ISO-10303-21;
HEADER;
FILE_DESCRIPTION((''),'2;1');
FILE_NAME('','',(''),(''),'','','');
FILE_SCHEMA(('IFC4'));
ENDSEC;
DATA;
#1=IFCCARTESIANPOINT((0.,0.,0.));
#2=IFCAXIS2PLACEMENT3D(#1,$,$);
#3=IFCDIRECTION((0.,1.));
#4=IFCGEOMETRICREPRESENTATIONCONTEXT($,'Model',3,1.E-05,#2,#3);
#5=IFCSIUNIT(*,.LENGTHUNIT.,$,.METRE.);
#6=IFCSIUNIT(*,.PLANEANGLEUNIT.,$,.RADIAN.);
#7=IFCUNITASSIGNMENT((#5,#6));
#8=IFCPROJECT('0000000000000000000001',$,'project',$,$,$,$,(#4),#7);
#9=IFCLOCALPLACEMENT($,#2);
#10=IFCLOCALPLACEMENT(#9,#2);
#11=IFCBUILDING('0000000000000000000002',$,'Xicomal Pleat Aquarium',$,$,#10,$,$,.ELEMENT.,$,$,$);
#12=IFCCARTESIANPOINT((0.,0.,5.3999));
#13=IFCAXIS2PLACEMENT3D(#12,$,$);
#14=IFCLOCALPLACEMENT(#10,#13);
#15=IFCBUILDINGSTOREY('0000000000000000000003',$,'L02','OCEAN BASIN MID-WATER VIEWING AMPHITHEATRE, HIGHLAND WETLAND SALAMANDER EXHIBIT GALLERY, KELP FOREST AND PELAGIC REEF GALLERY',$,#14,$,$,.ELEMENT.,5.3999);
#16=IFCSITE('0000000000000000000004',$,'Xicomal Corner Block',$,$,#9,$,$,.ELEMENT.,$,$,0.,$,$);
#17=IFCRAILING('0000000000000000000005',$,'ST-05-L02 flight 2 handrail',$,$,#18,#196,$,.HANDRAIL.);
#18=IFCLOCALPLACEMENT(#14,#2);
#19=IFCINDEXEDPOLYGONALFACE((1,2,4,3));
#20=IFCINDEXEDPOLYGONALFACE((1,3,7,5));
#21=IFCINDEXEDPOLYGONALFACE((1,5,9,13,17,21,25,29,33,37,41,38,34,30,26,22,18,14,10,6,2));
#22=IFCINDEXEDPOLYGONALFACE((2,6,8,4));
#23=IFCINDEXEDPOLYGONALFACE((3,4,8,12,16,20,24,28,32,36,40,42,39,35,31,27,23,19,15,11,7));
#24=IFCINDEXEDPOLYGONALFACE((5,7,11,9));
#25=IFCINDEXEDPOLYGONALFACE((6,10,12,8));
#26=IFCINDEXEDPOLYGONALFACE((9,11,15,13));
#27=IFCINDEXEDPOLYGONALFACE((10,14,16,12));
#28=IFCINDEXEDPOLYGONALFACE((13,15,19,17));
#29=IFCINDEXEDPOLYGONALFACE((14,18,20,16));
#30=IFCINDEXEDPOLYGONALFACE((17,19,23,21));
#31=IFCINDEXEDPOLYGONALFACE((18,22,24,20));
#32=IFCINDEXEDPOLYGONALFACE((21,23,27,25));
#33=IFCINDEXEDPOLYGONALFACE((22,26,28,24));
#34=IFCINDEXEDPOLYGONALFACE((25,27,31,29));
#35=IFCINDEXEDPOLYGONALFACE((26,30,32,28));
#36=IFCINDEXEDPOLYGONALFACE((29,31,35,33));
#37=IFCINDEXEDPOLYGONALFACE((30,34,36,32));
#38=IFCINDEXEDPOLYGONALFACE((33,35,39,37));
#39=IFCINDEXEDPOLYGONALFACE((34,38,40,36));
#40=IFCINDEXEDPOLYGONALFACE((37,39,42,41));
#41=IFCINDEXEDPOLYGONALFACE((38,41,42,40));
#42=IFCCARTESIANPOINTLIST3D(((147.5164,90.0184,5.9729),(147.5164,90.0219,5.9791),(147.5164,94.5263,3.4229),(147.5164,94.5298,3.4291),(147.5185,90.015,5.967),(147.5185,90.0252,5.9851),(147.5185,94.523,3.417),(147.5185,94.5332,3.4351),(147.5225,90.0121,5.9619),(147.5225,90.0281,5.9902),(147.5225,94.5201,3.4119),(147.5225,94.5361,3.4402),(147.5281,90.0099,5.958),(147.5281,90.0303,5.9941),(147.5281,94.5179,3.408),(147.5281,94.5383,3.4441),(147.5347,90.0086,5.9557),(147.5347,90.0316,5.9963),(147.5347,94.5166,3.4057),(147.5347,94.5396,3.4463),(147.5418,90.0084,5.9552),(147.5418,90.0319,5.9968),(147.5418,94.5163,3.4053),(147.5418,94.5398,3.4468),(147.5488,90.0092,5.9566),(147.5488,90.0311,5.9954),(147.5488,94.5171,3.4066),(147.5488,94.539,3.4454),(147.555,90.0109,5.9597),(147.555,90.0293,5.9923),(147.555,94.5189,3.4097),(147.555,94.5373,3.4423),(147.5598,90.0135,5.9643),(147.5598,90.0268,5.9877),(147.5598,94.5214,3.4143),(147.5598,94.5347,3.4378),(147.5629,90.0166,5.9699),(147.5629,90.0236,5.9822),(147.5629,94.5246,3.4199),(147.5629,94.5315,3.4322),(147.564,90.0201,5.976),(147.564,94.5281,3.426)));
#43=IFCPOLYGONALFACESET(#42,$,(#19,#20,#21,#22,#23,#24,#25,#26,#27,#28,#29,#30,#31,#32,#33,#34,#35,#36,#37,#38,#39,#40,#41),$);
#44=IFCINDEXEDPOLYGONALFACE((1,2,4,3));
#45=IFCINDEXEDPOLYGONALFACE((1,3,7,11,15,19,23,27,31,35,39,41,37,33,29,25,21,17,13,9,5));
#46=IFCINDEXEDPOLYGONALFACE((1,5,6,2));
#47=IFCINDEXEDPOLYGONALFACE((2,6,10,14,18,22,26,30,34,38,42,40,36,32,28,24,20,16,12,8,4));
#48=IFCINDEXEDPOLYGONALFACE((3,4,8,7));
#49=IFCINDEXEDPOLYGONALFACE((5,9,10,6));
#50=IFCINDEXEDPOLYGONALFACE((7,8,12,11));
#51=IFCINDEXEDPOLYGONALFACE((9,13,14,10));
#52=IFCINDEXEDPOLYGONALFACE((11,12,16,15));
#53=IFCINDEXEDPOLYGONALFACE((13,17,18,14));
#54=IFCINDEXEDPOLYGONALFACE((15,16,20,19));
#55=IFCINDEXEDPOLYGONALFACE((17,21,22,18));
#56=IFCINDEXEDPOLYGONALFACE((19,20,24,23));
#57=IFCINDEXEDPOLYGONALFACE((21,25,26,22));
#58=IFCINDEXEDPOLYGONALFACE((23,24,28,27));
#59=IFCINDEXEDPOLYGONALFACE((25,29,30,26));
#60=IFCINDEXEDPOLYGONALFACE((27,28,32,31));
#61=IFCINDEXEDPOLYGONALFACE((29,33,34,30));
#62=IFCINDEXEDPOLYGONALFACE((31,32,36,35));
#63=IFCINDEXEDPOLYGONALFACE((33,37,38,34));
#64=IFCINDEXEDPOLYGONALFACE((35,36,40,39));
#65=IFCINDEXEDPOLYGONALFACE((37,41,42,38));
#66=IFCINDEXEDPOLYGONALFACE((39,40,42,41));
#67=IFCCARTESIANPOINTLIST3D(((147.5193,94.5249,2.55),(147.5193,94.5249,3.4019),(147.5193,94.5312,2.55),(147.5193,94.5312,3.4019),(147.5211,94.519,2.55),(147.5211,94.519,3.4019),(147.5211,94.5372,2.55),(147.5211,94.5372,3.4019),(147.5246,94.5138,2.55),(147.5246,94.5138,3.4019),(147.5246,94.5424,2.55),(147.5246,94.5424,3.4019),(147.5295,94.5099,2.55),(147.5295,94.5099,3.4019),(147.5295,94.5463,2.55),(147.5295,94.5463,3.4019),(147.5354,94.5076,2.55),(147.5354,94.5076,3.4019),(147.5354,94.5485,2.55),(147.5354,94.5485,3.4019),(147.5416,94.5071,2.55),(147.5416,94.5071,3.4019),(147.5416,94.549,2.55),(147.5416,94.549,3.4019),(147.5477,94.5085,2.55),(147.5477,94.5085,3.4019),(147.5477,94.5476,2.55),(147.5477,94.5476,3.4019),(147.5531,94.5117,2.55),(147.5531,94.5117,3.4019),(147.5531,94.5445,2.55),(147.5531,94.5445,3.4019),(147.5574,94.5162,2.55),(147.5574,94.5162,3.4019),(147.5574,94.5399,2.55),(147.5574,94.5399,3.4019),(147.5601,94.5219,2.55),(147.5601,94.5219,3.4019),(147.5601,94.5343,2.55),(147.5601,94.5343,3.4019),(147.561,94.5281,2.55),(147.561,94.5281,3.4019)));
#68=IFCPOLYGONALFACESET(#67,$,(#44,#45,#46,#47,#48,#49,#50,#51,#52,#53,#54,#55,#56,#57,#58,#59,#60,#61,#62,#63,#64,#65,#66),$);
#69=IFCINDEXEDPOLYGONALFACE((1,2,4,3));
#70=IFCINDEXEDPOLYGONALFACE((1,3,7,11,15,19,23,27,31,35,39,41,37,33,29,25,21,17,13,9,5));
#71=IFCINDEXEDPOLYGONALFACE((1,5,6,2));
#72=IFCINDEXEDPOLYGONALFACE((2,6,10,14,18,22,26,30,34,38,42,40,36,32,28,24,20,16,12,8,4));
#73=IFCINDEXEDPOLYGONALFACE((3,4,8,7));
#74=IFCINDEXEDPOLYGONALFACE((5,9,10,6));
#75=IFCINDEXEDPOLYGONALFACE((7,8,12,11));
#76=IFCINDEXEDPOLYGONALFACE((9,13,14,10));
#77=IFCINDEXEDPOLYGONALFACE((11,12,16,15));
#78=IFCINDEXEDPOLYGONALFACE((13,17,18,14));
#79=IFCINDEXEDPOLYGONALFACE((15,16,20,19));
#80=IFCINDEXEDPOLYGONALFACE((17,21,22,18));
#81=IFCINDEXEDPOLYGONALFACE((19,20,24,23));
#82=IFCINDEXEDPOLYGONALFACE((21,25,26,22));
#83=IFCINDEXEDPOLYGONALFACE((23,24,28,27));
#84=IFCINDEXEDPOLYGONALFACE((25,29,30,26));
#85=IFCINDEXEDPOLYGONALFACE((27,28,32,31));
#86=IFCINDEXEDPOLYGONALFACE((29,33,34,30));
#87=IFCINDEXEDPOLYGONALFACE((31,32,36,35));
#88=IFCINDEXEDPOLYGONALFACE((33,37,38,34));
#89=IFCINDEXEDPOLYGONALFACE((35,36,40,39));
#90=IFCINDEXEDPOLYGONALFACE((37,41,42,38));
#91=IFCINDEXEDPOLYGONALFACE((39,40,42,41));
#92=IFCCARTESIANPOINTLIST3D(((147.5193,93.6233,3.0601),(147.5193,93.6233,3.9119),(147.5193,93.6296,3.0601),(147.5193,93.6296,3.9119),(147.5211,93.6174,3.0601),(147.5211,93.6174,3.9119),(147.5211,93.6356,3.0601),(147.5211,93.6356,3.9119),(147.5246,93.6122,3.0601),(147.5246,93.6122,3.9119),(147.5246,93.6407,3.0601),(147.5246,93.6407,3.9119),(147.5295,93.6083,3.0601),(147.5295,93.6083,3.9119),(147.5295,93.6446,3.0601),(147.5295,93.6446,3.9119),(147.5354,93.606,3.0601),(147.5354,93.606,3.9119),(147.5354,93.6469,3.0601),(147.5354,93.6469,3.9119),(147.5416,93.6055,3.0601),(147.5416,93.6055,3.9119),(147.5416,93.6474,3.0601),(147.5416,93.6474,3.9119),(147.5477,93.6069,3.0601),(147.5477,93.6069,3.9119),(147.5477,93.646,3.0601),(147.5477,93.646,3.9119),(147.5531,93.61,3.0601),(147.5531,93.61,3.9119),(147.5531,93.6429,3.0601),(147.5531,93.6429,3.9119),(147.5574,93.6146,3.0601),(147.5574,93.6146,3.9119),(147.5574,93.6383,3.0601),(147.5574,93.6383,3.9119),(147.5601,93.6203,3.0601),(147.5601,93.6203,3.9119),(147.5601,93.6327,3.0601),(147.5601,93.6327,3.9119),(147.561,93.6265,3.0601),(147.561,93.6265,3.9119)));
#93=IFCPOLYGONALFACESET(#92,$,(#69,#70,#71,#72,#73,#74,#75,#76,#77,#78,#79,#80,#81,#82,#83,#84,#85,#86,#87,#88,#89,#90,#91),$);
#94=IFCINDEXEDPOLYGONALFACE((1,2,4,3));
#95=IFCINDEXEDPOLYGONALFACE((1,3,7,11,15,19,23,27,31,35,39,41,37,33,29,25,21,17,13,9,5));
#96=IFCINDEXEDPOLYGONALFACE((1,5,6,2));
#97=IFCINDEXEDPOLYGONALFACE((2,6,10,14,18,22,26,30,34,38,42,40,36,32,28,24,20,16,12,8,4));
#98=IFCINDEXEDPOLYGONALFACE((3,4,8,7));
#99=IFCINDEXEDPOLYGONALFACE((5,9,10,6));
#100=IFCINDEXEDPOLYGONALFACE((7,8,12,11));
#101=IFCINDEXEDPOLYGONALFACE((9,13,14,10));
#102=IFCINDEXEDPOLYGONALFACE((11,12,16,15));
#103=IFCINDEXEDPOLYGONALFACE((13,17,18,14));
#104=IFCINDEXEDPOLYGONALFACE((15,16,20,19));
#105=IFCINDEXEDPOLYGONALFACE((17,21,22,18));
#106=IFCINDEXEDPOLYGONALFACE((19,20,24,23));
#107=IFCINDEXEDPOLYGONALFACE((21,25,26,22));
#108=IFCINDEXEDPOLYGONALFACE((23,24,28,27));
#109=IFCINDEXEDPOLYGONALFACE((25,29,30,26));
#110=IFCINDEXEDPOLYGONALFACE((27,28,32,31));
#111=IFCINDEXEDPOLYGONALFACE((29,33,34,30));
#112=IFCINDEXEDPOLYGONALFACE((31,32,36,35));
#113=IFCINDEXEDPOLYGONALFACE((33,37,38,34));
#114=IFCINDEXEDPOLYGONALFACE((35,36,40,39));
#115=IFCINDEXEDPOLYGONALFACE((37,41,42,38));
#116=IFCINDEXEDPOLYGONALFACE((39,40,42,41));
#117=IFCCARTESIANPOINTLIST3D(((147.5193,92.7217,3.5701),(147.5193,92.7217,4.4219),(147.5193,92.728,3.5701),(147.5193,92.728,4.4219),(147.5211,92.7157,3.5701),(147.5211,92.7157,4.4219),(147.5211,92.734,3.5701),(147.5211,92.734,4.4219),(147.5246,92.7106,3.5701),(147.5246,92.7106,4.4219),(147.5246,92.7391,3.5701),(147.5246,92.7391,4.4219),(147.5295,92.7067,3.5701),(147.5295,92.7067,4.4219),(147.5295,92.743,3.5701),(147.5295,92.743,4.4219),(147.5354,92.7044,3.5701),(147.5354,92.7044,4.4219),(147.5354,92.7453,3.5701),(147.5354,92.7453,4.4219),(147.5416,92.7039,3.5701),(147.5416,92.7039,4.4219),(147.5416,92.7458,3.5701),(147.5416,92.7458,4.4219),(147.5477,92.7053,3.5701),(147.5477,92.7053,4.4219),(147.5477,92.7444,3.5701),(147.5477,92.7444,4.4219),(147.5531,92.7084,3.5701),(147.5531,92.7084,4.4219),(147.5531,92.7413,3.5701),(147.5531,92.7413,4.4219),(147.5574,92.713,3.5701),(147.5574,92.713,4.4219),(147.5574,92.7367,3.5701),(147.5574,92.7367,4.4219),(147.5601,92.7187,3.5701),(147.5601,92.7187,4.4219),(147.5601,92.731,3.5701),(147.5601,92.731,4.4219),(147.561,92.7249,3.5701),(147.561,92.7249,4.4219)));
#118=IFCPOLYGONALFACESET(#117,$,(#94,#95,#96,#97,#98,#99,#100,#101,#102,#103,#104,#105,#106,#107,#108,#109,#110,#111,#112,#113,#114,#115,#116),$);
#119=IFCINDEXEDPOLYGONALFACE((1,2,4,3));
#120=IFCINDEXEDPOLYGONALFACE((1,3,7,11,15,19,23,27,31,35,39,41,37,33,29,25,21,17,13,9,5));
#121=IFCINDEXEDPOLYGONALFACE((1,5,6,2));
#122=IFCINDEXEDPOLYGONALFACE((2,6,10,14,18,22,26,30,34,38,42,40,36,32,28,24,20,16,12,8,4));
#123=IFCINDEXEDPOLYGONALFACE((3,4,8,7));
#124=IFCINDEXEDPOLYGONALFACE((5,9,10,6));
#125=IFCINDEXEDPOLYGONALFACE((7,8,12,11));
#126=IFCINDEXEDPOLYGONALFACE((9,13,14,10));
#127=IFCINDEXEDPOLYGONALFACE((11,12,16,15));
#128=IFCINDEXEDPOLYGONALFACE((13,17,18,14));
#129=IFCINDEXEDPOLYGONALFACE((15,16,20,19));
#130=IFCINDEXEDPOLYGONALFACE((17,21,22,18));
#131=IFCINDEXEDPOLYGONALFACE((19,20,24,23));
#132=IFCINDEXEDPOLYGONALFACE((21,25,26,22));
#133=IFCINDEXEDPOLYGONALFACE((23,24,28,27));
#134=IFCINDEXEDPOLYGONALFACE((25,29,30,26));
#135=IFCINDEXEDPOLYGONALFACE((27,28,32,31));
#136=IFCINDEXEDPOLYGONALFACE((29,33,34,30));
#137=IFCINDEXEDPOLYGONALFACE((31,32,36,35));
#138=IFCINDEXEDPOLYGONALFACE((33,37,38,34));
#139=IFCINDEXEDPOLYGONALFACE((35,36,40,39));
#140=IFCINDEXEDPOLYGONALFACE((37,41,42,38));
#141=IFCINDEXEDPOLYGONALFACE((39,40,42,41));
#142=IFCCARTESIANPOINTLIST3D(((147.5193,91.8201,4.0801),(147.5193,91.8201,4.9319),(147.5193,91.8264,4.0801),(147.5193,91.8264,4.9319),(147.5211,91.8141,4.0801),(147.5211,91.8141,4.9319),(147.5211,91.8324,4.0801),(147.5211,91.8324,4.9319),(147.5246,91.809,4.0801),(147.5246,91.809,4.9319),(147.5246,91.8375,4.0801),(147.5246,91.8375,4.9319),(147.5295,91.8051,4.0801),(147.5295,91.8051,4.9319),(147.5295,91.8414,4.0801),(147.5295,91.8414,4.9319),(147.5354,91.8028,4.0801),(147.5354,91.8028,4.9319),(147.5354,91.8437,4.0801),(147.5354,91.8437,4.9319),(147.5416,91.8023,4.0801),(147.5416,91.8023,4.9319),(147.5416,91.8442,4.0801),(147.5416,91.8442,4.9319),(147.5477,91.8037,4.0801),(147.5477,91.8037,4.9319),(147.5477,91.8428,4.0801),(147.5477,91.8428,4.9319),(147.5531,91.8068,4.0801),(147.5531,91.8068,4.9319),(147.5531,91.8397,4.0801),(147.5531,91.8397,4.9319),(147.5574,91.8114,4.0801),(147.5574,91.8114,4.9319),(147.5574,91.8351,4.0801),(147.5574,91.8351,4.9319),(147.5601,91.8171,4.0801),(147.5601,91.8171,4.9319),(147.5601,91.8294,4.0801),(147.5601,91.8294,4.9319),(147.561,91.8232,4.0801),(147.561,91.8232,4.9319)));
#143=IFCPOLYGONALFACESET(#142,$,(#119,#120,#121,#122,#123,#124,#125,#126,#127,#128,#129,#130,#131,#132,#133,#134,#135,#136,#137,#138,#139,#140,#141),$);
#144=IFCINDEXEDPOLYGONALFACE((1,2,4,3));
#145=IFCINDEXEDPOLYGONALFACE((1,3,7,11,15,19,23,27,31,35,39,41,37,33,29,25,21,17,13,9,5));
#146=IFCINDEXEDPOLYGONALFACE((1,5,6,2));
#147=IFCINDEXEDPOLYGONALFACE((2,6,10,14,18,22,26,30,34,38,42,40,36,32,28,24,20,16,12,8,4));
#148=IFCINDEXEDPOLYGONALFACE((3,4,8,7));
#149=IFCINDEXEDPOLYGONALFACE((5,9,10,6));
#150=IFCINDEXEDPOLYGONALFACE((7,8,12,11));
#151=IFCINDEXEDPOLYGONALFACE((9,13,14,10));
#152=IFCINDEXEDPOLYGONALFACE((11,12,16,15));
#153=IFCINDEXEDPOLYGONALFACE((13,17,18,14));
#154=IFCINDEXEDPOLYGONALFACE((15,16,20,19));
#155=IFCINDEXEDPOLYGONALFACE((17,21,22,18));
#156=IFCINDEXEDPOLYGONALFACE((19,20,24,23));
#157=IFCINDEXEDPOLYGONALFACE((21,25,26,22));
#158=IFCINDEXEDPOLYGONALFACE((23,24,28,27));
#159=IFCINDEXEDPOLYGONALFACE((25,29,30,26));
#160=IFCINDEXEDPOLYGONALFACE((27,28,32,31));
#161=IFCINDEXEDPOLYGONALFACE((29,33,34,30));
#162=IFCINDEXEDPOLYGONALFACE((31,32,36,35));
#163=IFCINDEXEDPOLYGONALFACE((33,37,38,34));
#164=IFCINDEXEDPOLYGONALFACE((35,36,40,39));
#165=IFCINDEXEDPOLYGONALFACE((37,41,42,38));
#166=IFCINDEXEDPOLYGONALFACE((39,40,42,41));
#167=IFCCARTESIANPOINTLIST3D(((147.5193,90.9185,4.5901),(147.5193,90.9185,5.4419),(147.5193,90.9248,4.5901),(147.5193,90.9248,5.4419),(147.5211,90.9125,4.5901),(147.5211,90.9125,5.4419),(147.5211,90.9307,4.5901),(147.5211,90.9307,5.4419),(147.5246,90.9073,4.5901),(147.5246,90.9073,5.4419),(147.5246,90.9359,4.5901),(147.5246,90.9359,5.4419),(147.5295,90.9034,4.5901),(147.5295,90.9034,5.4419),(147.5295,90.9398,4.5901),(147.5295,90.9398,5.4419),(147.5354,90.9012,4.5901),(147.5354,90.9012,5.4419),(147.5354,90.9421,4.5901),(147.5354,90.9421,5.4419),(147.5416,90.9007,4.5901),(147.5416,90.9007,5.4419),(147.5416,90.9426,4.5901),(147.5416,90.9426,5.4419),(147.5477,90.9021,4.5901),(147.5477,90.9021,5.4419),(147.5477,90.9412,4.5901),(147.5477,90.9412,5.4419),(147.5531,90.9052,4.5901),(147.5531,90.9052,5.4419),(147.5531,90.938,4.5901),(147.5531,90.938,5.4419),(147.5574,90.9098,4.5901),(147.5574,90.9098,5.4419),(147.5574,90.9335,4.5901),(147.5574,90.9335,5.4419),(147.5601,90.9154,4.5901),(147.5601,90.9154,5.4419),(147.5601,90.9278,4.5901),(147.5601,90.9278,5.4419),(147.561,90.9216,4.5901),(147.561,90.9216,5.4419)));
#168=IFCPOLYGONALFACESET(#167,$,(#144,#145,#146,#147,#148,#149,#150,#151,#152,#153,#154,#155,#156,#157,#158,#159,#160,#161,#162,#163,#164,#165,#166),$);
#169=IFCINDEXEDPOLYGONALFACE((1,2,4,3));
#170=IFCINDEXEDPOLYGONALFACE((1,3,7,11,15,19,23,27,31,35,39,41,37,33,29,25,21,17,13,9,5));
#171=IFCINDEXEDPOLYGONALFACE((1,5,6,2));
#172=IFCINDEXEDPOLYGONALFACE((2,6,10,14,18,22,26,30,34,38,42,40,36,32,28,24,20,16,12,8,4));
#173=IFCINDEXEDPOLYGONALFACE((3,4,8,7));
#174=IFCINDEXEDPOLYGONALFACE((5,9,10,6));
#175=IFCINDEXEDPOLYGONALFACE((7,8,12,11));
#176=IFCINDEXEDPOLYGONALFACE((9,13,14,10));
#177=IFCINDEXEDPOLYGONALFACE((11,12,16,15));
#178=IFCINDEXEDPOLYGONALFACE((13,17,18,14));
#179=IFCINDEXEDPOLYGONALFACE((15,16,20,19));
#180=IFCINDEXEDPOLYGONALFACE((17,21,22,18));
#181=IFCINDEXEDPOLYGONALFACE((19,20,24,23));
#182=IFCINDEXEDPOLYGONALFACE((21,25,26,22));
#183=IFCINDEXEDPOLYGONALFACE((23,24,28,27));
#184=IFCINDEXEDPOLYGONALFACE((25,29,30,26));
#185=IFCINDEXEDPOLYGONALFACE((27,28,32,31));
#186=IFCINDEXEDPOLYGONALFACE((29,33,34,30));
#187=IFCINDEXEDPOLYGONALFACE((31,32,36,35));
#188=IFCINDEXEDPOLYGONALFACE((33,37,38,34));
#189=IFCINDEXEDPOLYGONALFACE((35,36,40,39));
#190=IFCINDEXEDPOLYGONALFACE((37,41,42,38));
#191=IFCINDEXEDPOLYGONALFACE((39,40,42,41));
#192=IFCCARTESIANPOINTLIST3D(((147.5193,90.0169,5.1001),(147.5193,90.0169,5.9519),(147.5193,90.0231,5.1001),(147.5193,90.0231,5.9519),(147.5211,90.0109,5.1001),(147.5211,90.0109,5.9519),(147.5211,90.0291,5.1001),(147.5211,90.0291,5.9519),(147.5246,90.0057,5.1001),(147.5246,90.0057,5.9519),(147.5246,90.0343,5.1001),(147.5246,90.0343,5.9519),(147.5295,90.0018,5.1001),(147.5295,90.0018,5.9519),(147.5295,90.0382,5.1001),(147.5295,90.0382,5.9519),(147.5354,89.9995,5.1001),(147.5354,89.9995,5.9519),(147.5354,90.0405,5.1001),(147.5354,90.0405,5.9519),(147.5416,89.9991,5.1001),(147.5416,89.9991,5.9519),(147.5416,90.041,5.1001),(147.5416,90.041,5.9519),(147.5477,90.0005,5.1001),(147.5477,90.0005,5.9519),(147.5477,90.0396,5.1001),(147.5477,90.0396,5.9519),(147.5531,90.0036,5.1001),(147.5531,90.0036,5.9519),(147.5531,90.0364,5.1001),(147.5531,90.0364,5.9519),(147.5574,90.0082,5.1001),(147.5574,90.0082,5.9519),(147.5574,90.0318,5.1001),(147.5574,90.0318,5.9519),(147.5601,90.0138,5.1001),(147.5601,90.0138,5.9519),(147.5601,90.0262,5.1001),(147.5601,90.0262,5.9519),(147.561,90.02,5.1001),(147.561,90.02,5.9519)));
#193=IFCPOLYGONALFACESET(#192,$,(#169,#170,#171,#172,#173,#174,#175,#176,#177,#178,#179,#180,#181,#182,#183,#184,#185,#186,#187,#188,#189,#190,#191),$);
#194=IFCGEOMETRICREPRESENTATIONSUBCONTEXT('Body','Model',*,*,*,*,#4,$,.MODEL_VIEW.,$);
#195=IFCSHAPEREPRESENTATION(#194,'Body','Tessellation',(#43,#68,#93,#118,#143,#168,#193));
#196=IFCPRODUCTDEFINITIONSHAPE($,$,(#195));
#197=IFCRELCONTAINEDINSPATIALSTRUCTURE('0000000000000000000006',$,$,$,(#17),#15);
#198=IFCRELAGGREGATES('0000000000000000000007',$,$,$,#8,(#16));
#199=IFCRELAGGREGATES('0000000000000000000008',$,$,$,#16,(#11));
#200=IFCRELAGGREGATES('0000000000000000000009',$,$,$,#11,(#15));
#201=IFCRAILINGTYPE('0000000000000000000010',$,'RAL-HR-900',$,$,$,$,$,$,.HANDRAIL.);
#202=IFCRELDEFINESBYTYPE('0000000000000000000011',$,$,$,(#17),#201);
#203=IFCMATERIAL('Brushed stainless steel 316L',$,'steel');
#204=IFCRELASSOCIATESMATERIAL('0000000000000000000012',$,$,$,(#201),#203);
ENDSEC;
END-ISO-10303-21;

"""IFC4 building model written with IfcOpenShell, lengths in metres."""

from ifc_helpers import new_model, si_unit, direction, frame, origin, origin_2d, place, context, subcontext, project, spatial, circle, extrude, material, type_object, element, save


model = new_model("IFC4")

# Units and contexts
model_context = context("Model", 3, precision=1e-05, world=origin(), true_north=direction((0.0, 1.0)))
body_context = subcontext(model_context, "Body", "Model", "MODEL_VIEW")
ifc_project = project(units=[si_unit("LENGTHUNIT", "METRE"), si_unit("PLANEANGLEUNIT", "RADIAN")], contexts=[model_context])

# Site, building, storey
site_placement = place(None, origin())
site = spatial("IfcSite", under=ifc_project, at=site_placement, Name="Xicomal Corner Block", CompositionType="ELEMENT", RefElevation=0.0)
building_placement = place(site_placement, origin())
building = spatial("IfcBuilding", under=site, at=building_placement, Name="Xicomal Pleat Aquarium", CompositionType="ELEMENT")
storey_placement = place(building_placement, frame((0.0, 0.0, 5.3999)))
storey = spatial("IfcBuildingStorey", under=building, at=storey_placement, Name="L02", Description="OCEAN BASIN MID-WATER VIEWING AMPHITHEATRE, HIGHLAND WETLAND SALAMANDER EXHIBIT GALLERY, KELP FOREST AND PELAGIC REEF GALLERY", CompositionType="ELEMENT", Elevation=5.3999)

# Railing
ifc_material_1 = material(Name="Brushed stainless steel 316L", Category="steel")
railing_type_1 = type_object("IfcRailingType", Name="RAL-HR-900", PredefinedType="HANDRAIL", material=ifc_material_1)
railing_1_placement = place(storey_placement, frame((147.54, 94.5281, 2.55)))
element("IfcRailing", 1, at=railing_1_placement, inside=storey, type_object=railing_type_1, Name="ST-05-L02 flight 2 handrail", PredefinedType="HANDRAIL", context=body_context, shape_type="SweptSolid", body=[
    extrude(circle(Radius=0.0239, at=origin_2d()), frame((0.0, 0.0, 0.876), z_axis=(0.0, -0.870396, 0.492352), x_axis=(1.0, 0.0, 0.0)), (0.0, 0.0, 1.0), 5.1792),
    extrude(circle(Radius=0.021, at=origin_2d()), origin(), (0.0, 0.0, 1.0), 0.8518),
    extrude(circle(Radius=0.021, at=origin_2d()), frame((0.0, -0.9016, 0.51)), (0.0, 0.0, 1.0), 0.8518),
    extrude(circle(Radius=0.021, at=origin_2d()), frame((0.0, -1.8032, 1.02)), (0.0, 0.0, 1.0), 0.8518),
    extrude(circle(Radius=0.021, at=origin_2d()), frame((0.0, -2.7048, 1.53)), (0.0, 0.0, 1.0), 0.8518),
    extrude(circle(Radius=0.021, at=origin_2d()), frame((0.0, -3.6064, 2.04)), (0.0, 0.0, 1.0), 0.8518),
    extrude(circle(Radius=0.021, at=origin_2d()), frame((0.0, -4.5081, 2.55)), (0.0, 0.0, 1.0), 0.8518),
])

save(model, "model.ifc")
